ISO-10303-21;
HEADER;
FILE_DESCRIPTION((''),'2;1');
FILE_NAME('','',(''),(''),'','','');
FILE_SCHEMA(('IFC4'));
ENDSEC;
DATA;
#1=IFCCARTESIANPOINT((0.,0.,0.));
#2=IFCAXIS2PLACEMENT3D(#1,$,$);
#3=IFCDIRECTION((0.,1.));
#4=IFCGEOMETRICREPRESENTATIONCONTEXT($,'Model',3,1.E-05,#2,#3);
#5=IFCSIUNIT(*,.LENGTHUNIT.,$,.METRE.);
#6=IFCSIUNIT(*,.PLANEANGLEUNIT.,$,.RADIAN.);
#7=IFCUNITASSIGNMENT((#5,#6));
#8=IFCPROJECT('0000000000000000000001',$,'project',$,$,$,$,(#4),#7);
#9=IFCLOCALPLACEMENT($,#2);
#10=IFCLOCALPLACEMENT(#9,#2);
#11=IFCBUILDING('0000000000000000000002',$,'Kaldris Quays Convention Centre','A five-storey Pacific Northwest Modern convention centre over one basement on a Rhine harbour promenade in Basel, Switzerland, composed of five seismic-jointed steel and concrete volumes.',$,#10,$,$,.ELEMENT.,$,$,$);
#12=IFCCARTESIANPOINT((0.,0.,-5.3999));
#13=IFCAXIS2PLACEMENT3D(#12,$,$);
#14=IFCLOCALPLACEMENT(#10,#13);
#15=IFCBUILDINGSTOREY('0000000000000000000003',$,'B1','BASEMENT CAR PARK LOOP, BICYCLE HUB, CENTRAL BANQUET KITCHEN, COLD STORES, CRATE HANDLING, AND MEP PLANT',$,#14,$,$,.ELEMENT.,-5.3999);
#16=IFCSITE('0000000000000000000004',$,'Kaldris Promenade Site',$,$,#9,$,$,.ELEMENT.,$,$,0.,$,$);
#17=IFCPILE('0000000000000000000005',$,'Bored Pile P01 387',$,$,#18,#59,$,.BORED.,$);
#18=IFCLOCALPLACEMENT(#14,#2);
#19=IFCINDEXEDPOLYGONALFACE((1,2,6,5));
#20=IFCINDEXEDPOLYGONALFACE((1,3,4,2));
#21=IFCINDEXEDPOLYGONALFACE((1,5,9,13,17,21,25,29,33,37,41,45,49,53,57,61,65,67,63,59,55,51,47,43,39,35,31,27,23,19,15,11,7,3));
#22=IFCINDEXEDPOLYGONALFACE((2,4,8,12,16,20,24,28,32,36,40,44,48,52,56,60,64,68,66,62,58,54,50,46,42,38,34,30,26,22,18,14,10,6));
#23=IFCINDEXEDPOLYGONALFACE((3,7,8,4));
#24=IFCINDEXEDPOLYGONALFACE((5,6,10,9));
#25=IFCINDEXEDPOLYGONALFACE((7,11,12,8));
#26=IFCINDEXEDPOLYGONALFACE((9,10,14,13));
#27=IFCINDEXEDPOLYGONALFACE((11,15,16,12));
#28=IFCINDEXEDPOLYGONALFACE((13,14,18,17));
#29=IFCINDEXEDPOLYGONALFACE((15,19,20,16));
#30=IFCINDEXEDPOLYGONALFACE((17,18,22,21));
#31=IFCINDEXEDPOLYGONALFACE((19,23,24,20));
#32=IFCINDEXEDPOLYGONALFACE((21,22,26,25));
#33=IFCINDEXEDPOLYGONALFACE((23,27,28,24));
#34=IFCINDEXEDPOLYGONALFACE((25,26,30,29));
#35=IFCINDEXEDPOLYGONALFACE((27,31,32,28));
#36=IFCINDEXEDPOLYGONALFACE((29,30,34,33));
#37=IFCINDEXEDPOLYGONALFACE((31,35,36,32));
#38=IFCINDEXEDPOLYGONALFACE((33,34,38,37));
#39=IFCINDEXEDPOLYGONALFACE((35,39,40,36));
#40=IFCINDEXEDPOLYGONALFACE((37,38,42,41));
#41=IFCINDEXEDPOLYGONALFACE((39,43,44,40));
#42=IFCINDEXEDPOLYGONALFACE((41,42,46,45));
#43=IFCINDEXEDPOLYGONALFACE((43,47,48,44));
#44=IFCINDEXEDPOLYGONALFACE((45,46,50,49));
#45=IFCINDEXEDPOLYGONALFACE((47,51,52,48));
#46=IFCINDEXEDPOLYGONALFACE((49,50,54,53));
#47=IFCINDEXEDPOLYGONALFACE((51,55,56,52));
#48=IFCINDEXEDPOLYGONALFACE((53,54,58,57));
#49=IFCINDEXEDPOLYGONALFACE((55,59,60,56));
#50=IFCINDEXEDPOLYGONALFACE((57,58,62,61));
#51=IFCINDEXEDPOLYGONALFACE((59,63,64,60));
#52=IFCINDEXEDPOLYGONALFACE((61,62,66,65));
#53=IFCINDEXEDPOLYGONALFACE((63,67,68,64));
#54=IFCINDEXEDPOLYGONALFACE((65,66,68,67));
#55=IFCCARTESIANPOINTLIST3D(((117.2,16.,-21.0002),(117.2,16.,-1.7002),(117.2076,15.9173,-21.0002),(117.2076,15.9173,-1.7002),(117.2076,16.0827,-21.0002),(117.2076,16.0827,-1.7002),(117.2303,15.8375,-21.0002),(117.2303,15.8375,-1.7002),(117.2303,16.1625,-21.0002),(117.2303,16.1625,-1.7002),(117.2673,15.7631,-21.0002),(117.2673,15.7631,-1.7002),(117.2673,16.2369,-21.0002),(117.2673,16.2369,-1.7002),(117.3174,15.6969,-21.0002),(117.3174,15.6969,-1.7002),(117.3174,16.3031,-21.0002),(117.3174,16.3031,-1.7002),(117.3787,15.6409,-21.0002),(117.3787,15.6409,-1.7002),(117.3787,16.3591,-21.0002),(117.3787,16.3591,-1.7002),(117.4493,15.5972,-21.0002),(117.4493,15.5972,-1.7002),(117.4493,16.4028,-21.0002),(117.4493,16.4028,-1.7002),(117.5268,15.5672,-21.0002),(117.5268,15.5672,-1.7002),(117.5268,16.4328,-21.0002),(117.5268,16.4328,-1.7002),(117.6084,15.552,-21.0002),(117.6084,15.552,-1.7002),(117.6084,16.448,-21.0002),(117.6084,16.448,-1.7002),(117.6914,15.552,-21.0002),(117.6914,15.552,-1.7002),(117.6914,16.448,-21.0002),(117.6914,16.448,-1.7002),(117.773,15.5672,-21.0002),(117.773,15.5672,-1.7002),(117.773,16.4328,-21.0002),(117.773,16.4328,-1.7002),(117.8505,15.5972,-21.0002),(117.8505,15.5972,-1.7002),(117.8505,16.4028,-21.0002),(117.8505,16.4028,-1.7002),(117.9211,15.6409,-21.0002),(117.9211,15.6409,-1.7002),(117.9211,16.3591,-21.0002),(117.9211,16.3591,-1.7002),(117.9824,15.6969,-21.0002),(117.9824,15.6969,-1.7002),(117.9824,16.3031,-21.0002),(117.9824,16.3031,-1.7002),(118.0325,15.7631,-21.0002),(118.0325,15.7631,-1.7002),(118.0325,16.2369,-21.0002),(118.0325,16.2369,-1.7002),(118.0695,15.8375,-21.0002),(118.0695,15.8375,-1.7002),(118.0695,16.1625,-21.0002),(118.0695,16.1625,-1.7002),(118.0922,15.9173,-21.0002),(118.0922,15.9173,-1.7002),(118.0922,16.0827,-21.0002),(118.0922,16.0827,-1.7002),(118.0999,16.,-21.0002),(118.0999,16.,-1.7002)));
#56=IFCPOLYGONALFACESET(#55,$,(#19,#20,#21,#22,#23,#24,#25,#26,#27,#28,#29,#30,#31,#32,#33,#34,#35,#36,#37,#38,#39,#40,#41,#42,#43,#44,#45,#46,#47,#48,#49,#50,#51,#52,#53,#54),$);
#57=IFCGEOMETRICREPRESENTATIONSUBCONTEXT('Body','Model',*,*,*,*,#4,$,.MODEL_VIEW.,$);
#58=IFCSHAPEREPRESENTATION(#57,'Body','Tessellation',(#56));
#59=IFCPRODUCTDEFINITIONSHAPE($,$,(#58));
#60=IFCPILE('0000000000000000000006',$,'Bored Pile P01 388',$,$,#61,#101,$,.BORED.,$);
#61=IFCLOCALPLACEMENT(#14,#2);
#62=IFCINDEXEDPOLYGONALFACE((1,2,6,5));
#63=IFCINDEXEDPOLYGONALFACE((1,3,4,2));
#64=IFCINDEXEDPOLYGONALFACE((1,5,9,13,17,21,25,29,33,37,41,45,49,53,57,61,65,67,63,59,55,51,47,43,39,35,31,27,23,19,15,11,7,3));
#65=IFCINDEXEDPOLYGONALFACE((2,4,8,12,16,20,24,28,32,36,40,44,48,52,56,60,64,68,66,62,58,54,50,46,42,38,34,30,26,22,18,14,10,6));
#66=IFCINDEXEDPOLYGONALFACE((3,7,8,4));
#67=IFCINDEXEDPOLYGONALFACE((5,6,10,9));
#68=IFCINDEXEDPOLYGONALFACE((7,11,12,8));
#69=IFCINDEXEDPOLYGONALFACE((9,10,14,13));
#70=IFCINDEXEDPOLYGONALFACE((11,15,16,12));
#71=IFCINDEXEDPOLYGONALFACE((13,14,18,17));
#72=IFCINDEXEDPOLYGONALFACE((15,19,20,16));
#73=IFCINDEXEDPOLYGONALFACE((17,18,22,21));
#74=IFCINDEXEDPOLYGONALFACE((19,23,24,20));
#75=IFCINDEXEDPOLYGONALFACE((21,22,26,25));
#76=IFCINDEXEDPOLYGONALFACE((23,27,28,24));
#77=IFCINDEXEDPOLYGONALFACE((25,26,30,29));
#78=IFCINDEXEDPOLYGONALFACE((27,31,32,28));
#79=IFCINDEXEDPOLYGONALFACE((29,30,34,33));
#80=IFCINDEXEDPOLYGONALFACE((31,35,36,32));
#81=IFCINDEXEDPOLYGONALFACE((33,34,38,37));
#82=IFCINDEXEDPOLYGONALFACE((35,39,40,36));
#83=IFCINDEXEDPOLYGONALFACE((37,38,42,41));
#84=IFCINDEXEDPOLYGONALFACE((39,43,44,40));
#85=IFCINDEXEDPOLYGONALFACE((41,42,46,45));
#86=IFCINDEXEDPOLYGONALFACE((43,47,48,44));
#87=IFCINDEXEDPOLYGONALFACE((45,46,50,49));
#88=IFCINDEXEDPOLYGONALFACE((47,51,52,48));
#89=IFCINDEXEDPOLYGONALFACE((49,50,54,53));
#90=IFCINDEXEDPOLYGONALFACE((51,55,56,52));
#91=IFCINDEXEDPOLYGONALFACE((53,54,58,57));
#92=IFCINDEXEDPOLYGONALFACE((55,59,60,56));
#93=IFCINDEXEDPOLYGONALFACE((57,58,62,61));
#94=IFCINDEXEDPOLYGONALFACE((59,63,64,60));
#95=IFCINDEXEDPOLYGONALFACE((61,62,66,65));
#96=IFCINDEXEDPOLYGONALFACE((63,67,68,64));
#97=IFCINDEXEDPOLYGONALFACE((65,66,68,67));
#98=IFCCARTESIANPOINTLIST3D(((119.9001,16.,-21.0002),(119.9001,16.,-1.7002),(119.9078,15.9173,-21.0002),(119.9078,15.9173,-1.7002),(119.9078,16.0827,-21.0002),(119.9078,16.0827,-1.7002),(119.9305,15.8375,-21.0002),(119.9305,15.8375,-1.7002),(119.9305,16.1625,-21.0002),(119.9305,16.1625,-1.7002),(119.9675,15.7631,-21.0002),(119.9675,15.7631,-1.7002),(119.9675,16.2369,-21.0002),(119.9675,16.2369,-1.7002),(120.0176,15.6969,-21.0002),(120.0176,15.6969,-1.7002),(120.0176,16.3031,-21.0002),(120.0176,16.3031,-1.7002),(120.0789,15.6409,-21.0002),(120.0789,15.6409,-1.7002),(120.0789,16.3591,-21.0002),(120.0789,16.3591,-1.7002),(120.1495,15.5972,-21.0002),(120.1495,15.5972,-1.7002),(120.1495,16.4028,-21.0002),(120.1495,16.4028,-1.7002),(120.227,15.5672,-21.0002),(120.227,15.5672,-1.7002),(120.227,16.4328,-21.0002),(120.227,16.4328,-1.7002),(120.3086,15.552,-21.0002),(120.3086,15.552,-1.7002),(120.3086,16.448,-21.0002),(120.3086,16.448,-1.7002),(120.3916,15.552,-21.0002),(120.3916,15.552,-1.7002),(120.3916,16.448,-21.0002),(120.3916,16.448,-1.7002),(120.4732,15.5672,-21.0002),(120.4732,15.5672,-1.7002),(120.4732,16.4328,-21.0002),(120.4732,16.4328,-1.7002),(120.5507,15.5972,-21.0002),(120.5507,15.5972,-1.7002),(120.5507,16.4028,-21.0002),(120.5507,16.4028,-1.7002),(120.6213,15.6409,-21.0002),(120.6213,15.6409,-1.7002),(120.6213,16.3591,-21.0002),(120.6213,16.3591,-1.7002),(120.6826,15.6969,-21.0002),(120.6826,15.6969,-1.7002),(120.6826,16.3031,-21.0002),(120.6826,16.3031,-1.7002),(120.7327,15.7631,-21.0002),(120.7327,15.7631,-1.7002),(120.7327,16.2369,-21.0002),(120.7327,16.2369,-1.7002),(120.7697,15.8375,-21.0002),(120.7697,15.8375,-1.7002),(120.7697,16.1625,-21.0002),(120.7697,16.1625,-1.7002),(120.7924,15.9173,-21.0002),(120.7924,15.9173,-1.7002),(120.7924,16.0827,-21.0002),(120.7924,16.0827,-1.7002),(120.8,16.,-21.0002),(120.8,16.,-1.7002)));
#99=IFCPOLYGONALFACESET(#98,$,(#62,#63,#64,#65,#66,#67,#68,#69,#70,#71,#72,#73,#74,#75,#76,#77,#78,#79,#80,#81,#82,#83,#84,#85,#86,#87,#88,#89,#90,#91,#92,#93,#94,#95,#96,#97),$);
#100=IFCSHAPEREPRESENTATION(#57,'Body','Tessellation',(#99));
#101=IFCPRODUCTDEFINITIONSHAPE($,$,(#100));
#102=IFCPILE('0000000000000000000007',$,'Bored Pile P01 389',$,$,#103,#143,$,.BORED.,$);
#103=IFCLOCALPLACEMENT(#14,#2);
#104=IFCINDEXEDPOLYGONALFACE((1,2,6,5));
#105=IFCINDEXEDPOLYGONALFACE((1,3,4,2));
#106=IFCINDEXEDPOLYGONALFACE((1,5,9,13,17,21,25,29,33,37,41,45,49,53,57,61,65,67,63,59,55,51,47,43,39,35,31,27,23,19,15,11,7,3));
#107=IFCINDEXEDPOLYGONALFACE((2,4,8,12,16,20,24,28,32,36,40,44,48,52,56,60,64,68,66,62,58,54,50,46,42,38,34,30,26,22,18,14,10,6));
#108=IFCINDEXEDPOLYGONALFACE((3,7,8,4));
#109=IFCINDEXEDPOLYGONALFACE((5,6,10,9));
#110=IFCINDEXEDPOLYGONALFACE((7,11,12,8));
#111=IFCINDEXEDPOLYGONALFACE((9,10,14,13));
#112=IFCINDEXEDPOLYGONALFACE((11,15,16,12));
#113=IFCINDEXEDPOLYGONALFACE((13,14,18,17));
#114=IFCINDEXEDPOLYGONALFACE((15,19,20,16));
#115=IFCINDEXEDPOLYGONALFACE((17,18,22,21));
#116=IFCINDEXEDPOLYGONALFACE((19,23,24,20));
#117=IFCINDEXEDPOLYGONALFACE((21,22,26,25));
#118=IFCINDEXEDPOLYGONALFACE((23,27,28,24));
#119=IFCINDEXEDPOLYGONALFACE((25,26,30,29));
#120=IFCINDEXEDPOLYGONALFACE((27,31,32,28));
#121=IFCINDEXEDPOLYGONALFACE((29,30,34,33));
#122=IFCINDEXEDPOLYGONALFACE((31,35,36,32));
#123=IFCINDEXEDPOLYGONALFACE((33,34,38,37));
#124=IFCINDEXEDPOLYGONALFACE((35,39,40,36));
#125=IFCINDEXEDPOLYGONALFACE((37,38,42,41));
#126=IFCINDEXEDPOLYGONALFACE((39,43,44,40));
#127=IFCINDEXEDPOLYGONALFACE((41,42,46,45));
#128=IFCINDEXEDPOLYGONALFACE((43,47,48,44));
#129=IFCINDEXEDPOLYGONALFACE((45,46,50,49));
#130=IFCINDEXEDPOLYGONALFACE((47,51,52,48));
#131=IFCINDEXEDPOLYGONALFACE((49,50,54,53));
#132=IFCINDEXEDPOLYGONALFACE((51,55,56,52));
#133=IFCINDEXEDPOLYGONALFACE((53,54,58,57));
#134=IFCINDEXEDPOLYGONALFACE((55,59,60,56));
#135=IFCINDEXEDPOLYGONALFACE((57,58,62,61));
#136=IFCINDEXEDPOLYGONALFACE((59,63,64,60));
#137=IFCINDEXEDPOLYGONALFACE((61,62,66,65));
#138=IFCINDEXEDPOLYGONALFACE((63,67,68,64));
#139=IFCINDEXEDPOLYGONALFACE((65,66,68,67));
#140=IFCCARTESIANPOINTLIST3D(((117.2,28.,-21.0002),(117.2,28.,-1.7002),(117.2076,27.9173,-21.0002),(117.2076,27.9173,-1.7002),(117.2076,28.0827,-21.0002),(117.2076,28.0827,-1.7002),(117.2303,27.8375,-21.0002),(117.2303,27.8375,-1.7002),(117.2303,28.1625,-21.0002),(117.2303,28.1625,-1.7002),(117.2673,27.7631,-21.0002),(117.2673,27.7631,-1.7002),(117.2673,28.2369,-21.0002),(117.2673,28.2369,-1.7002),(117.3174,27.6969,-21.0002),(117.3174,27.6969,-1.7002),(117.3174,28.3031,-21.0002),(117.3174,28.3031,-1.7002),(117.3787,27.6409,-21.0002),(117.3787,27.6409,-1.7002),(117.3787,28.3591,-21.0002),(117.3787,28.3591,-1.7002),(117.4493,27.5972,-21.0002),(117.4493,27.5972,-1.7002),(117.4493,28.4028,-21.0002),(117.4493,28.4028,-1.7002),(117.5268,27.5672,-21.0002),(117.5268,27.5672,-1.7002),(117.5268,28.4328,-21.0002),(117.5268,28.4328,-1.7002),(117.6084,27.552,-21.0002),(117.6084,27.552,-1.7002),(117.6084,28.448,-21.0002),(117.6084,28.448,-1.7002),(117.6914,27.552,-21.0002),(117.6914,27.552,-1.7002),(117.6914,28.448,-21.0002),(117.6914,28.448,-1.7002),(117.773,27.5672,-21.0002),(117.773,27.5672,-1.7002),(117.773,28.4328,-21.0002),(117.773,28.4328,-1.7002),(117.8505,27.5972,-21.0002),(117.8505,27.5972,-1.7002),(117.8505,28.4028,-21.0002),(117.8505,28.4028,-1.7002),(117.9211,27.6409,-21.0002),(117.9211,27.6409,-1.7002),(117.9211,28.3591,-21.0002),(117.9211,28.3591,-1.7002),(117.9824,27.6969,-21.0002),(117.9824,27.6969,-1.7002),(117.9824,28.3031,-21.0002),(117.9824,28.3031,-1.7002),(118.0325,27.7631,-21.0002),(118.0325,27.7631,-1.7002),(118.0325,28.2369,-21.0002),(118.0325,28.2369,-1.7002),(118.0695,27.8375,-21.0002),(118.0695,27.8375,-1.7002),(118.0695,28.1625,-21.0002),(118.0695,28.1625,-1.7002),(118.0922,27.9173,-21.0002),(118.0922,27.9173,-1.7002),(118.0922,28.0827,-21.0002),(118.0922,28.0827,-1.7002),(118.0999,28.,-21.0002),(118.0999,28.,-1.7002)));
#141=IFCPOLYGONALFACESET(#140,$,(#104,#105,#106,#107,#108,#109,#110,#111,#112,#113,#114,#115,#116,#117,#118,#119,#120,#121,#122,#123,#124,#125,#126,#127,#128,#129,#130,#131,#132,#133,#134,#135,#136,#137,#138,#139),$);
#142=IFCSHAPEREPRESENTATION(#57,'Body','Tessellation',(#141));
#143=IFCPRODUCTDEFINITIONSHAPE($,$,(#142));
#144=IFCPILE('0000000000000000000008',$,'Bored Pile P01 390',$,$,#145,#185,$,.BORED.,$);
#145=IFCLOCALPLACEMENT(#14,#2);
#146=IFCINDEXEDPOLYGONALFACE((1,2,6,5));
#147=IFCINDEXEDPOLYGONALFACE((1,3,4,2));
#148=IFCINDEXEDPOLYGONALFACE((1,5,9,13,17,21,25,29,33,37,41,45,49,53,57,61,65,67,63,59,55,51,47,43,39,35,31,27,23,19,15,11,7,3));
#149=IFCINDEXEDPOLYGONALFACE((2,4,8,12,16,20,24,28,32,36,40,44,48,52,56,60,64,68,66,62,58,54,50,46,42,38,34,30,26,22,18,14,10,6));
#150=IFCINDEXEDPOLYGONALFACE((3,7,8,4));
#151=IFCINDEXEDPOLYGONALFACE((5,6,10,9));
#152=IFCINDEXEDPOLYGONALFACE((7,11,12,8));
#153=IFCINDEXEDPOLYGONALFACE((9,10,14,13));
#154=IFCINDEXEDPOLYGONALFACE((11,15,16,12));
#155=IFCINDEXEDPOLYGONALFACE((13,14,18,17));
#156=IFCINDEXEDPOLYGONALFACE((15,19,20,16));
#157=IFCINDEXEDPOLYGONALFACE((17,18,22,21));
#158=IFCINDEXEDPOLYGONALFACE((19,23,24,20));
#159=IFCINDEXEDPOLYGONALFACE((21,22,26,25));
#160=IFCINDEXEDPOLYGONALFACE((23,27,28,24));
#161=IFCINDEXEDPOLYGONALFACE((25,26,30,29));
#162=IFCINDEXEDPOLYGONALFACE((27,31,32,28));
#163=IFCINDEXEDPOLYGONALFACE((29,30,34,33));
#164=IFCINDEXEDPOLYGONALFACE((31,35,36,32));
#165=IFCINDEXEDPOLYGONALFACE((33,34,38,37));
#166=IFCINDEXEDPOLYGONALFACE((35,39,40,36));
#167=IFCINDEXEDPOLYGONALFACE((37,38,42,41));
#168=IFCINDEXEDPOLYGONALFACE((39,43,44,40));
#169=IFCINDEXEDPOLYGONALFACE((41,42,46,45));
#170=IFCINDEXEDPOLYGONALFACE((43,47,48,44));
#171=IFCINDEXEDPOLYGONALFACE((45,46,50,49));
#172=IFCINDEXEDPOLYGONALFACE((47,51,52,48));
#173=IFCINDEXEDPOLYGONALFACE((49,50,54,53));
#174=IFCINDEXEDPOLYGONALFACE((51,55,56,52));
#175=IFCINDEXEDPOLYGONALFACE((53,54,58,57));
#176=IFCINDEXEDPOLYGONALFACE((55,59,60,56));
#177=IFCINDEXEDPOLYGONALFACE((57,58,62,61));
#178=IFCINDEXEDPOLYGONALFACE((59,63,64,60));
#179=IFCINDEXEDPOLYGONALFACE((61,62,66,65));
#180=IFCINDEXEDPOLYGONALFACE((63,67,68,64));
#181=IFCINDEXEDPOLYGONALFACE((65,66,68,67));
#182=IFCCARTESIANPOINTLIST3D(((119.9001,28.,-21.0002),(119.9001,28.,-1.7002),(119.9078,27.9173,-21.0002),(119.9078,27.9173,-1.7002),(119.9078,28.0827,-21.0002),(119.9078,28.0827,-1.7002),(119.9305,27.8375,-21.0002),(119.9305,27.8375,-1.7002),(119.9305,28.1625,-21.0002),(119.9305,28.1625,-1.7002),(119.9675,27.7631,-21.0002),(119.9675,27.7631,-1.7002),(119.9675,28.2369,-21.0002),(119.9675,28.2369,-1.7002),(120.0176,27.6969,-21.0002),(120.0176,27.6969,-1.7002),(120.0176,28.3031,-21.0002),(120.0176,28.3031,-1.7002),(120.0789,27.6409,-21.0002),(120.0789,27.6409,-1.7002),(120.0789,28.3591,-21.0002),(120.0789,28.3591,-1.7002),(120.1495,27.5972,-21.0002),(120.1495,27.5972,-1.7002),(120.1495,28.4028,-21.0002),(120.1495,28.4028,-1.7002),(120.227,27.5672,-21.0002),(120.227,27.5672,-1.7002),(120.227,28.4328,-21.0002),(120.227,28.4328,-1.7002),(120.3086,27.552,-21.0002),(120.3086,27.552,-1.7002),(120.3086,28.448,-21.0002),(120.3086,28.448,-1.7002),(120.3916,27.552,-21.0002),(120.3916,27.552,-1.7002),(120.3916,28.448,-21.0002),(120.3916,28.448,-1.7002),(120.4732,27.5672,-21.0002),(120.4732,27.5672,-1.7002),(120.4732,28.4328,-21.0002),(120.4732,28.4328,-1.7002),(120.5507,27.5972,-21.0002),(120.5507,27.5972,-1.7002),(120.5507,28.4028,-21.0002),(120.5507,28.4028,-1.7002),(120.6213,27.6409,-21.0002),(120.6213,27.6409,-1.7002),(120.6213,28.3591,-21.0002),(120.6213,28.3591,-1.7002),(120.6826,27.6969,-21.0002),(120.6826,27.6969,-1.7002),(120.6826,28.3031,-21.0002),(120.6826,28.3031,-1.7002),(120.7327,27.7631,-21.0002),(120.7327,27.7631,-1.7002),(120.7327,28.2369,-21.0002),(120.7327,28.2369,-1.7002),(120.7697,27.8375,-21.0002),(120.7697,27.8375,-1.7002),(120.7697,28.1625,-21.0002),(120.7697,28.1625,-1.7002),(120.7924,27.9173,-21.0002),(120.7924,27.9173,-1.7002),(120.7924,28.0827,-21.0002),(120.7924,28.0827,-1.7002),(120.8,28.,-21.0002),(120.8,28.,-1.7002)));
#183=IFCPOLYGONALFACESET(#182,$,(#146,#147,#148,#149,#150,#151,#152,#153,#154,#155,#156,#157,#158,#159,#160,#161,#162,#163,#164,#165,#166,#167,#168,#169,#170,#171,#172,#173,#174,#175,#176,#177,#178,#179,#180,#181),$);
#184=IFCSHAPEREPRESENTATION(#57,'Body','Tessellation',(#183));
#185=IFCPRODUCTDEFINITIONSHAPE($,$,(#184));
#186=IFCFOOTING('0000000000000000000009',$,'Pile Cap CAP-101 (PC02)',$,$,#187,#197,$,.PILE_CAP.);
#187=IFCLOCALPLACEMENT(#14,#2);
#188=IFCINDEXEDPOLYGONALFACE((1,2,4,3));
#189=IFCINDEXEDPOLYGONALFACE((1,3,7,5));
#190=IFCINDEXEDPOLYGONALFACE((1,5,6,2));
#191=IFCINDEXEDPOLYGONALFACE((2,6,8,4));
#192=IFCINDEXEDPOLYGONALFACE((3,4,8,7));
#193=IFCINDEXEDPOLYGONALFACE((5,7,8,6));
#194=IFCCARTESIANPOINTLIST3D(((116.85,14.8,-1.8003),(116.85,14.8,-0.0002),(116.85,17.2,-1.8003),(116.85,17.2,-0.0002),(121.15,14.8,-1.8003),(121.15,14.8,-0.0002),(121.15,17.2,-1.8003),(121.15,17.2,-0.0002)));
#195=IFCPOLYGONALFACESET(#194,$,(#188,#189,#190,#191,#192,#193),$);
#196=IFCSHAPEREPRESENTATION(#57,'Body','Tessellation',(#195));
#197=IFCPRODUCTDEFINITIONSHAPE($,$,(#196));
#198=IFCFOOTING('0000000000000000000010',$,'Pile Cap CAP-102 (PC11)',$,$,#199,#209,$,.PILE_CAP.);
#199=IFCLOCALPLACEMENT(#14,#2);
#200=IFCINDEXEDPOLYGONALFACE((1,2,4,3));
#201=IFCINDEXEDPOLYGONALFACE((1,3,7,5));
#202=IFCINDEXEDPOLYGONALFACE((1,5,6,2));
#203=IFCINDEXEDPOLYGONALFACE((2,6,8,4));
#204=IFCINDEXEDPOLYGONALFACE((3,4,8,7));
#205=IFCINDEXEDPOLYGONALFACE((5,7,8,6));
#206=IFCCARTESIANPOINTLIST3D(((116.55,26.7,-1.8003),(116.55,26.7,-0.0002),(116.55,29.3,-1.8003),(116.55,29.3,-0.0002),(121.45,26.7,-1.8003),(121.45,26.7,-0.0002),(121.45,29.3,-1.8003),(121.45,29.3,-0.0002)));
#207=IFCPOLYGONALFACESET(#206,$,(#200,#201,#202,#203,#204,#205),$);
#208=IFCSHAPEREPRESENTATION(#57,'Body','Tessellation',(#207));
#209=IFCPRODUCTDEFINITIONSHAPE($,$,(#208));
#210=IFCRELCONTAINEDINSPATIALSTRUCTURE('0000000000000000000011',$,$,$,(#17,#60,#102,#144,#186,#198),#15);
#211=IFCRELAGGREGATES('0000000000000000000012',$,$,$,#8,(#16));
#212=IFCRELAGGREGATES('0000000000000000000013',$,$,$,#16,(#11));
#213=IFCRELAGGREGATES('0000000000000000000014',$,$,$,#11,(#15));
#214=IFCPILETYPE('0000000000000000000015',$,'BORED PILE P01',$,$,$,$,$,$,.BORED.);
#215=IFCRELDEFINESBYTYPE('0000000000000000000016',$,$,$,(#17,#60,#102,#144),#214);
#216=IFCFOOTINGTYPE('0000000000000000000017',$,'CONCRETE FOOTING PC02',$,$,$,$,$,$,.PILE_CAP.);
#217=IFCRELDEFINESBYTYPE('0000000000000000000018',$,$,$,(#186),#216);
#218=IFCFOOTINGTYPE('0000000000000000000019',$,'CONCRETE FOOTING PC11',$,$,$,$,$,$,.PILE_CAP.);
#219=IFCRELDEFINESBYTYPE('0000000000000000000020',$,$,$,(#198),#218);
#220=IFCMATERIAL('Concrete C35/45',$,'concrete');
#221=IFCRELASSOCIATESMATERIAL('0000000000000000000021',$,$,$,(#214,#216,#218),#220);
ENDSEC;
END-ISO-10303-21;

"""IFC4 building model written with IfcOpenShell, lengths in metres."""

from ifc_helpers import new_model, si_unit, direction, frame, origin, origin_2d, place, context, subcontext, project, spatial, rectangle, circle, extrude, material, material_profile, profile_set, type_object, element, save


model = new_model("IFC4")

# Units and contexts
model_context = context("Model", 3, precision=1e-05, world=origin(), true_north=direction((0.0, 1.0)))
body_context = subcontext(model_context, "Body", "Model", "MODEL_VIEW")
ifc_project = project(units=[si_unit("LENGTHUNIT", "METRE"), si_unit("PLANEANGLEUNIT", "RADIAN")], contexts=[model_context])

# Site, building, storey
site_placement = place(None, origin())
site = spatial("IfcSite", under=ifc_project, at=site_placement, Name="Kaldris Promenade Site", CompositionType="ELEMENT", RefElevation=0.0)
building_placement = place(site_placement, origin())
building = spatial("IfcBuilding", under=site, at=building_placement, Name="Kaldris Quays Convention Centre", Description="A five-storey Pacific Northwest Modern convention centre over one basement on a Rhine harbour promenade in Basel, Switzerland, composed of five seismic-jointed steel and concrete volumes.", CompositionType="ELEMENT")
storey_placement = place(building_placement, frame((0.0, 0.0, -5.3999)))
storey = spatial("IfcBuildingStorey", under=building, at=storey_placement, Name="B1", Description="BASEMENT CAR PARK LOOP, BICYCLE HUB, CENTRAL BANQUET KITCHEN, COLD STORES, CRATE HANDLING, AND MEP PLANT", CompositionType="ELEMENT", Elevation=-5.3999)

# Piles
ifc_material_1 = material(Name="Concrete C35/45", Category="concrete")
ifc_material_profile_1 = material_profile(ifc_material_1, circle(Radius=0.45, at=origin_2d()), Name="BORED PILE D900")
ifc_profile_set_1 = profile_set([ifc_material_profile_1], Name="Concrete C35/45")
pile_type = type_object("IfcPileType", Name="BORED PILE P01", PredefinedType="BORED", material=ifc_profile_set_1)
for number, where, z_axis, x_axis, name in (
    (1, (117.6499, 16.0, -1.7002), (0.0, 0.0, -1.0), (1.0, 0.0, 0.0), "Bored Pile P01 387"),
    (2, (120.3501, 16.0, -1.7002), (0.0, 0.0, -1.0), (1.0, 0.0, 0.0), "Bored Pile P01 388"),
    (3, (117.6499, 28.0, -1.7002), (0.0, 0.0, -1.0), (1.0, 0.0, 0.0), "Bored Pile P01 389"),
    (4, (120.3501, 28.0, -1.7002), (0.0, 0.0, -1.0), (1.0, 0.0, 0.0), "Bored Pile P01 390"),
):
    element("IfcPile", number, at=place(storey_placement, frame(where, z_axis=z_axis, x_axis=x_axis)), inside=storey, type_object=pile_type, Name=name, PredefinedType="BORED", context=body_context, shape_type="SweptSolid", body=[
        extrude(circle(Radius=0.45, at=origin_2d()), origin(), (0.0, 0.0, 1.0), 19.3),
    ])

# Footings
footing_type_1 = type_object("IfcFootingType", Name="CONCRETE FOOTING PC02", PredefinedType="PILE_CAP", material=ifc_material_1)
footing_1_placement = place(storey_placement, frame((119.0, 16.0, -1.8003), z_axis=(0.0, 0.0, 1.0), x_axis=(1.0, 0.0, 0.0)))
element("IfcFooting", 5, at=footing_1_placement, inside=storey, type_object=footing_type_1, Name="Pile Cap CAP-101 (PC02)", PredefinedType="PILE_CAP", context=body_context, shape_type="SweptSolid", body=[
    extrude(rectangle(XDim=4.3, YDim=2.3999, at=origin_2d()), origin(), (0.0, 0.0, 1.0), 1.8),
])
footing_type_2 = type_object("IfcFootingType", Name="CONCRETE FOOTING PC11", PredefinedType="PILE_CAP", material=ifc_material_1)
footing_2_placement = place(storey_placement, frame((119.0, 28.0, -1.8003), z_axis=(0.0, 0.0, 1.0), x_axis=(1.0, 0.0, 0.0)))
element("IfcFooting", 6, at=footing_2_placement, inside=storey, type_object=footing_type_2, Name="Pile Cap CAP-102 (PC11)", PredefinedType="PILE_CAP", context=body_context, shape_type="SweptSolid", body=[
    extrude(rectangle(XDim=4.8999, YDim=2.6001, at=origin_2d()), origin(), (0.0, 0.0, 1.0), 1.8),
])

save(model, "model.ifc")
